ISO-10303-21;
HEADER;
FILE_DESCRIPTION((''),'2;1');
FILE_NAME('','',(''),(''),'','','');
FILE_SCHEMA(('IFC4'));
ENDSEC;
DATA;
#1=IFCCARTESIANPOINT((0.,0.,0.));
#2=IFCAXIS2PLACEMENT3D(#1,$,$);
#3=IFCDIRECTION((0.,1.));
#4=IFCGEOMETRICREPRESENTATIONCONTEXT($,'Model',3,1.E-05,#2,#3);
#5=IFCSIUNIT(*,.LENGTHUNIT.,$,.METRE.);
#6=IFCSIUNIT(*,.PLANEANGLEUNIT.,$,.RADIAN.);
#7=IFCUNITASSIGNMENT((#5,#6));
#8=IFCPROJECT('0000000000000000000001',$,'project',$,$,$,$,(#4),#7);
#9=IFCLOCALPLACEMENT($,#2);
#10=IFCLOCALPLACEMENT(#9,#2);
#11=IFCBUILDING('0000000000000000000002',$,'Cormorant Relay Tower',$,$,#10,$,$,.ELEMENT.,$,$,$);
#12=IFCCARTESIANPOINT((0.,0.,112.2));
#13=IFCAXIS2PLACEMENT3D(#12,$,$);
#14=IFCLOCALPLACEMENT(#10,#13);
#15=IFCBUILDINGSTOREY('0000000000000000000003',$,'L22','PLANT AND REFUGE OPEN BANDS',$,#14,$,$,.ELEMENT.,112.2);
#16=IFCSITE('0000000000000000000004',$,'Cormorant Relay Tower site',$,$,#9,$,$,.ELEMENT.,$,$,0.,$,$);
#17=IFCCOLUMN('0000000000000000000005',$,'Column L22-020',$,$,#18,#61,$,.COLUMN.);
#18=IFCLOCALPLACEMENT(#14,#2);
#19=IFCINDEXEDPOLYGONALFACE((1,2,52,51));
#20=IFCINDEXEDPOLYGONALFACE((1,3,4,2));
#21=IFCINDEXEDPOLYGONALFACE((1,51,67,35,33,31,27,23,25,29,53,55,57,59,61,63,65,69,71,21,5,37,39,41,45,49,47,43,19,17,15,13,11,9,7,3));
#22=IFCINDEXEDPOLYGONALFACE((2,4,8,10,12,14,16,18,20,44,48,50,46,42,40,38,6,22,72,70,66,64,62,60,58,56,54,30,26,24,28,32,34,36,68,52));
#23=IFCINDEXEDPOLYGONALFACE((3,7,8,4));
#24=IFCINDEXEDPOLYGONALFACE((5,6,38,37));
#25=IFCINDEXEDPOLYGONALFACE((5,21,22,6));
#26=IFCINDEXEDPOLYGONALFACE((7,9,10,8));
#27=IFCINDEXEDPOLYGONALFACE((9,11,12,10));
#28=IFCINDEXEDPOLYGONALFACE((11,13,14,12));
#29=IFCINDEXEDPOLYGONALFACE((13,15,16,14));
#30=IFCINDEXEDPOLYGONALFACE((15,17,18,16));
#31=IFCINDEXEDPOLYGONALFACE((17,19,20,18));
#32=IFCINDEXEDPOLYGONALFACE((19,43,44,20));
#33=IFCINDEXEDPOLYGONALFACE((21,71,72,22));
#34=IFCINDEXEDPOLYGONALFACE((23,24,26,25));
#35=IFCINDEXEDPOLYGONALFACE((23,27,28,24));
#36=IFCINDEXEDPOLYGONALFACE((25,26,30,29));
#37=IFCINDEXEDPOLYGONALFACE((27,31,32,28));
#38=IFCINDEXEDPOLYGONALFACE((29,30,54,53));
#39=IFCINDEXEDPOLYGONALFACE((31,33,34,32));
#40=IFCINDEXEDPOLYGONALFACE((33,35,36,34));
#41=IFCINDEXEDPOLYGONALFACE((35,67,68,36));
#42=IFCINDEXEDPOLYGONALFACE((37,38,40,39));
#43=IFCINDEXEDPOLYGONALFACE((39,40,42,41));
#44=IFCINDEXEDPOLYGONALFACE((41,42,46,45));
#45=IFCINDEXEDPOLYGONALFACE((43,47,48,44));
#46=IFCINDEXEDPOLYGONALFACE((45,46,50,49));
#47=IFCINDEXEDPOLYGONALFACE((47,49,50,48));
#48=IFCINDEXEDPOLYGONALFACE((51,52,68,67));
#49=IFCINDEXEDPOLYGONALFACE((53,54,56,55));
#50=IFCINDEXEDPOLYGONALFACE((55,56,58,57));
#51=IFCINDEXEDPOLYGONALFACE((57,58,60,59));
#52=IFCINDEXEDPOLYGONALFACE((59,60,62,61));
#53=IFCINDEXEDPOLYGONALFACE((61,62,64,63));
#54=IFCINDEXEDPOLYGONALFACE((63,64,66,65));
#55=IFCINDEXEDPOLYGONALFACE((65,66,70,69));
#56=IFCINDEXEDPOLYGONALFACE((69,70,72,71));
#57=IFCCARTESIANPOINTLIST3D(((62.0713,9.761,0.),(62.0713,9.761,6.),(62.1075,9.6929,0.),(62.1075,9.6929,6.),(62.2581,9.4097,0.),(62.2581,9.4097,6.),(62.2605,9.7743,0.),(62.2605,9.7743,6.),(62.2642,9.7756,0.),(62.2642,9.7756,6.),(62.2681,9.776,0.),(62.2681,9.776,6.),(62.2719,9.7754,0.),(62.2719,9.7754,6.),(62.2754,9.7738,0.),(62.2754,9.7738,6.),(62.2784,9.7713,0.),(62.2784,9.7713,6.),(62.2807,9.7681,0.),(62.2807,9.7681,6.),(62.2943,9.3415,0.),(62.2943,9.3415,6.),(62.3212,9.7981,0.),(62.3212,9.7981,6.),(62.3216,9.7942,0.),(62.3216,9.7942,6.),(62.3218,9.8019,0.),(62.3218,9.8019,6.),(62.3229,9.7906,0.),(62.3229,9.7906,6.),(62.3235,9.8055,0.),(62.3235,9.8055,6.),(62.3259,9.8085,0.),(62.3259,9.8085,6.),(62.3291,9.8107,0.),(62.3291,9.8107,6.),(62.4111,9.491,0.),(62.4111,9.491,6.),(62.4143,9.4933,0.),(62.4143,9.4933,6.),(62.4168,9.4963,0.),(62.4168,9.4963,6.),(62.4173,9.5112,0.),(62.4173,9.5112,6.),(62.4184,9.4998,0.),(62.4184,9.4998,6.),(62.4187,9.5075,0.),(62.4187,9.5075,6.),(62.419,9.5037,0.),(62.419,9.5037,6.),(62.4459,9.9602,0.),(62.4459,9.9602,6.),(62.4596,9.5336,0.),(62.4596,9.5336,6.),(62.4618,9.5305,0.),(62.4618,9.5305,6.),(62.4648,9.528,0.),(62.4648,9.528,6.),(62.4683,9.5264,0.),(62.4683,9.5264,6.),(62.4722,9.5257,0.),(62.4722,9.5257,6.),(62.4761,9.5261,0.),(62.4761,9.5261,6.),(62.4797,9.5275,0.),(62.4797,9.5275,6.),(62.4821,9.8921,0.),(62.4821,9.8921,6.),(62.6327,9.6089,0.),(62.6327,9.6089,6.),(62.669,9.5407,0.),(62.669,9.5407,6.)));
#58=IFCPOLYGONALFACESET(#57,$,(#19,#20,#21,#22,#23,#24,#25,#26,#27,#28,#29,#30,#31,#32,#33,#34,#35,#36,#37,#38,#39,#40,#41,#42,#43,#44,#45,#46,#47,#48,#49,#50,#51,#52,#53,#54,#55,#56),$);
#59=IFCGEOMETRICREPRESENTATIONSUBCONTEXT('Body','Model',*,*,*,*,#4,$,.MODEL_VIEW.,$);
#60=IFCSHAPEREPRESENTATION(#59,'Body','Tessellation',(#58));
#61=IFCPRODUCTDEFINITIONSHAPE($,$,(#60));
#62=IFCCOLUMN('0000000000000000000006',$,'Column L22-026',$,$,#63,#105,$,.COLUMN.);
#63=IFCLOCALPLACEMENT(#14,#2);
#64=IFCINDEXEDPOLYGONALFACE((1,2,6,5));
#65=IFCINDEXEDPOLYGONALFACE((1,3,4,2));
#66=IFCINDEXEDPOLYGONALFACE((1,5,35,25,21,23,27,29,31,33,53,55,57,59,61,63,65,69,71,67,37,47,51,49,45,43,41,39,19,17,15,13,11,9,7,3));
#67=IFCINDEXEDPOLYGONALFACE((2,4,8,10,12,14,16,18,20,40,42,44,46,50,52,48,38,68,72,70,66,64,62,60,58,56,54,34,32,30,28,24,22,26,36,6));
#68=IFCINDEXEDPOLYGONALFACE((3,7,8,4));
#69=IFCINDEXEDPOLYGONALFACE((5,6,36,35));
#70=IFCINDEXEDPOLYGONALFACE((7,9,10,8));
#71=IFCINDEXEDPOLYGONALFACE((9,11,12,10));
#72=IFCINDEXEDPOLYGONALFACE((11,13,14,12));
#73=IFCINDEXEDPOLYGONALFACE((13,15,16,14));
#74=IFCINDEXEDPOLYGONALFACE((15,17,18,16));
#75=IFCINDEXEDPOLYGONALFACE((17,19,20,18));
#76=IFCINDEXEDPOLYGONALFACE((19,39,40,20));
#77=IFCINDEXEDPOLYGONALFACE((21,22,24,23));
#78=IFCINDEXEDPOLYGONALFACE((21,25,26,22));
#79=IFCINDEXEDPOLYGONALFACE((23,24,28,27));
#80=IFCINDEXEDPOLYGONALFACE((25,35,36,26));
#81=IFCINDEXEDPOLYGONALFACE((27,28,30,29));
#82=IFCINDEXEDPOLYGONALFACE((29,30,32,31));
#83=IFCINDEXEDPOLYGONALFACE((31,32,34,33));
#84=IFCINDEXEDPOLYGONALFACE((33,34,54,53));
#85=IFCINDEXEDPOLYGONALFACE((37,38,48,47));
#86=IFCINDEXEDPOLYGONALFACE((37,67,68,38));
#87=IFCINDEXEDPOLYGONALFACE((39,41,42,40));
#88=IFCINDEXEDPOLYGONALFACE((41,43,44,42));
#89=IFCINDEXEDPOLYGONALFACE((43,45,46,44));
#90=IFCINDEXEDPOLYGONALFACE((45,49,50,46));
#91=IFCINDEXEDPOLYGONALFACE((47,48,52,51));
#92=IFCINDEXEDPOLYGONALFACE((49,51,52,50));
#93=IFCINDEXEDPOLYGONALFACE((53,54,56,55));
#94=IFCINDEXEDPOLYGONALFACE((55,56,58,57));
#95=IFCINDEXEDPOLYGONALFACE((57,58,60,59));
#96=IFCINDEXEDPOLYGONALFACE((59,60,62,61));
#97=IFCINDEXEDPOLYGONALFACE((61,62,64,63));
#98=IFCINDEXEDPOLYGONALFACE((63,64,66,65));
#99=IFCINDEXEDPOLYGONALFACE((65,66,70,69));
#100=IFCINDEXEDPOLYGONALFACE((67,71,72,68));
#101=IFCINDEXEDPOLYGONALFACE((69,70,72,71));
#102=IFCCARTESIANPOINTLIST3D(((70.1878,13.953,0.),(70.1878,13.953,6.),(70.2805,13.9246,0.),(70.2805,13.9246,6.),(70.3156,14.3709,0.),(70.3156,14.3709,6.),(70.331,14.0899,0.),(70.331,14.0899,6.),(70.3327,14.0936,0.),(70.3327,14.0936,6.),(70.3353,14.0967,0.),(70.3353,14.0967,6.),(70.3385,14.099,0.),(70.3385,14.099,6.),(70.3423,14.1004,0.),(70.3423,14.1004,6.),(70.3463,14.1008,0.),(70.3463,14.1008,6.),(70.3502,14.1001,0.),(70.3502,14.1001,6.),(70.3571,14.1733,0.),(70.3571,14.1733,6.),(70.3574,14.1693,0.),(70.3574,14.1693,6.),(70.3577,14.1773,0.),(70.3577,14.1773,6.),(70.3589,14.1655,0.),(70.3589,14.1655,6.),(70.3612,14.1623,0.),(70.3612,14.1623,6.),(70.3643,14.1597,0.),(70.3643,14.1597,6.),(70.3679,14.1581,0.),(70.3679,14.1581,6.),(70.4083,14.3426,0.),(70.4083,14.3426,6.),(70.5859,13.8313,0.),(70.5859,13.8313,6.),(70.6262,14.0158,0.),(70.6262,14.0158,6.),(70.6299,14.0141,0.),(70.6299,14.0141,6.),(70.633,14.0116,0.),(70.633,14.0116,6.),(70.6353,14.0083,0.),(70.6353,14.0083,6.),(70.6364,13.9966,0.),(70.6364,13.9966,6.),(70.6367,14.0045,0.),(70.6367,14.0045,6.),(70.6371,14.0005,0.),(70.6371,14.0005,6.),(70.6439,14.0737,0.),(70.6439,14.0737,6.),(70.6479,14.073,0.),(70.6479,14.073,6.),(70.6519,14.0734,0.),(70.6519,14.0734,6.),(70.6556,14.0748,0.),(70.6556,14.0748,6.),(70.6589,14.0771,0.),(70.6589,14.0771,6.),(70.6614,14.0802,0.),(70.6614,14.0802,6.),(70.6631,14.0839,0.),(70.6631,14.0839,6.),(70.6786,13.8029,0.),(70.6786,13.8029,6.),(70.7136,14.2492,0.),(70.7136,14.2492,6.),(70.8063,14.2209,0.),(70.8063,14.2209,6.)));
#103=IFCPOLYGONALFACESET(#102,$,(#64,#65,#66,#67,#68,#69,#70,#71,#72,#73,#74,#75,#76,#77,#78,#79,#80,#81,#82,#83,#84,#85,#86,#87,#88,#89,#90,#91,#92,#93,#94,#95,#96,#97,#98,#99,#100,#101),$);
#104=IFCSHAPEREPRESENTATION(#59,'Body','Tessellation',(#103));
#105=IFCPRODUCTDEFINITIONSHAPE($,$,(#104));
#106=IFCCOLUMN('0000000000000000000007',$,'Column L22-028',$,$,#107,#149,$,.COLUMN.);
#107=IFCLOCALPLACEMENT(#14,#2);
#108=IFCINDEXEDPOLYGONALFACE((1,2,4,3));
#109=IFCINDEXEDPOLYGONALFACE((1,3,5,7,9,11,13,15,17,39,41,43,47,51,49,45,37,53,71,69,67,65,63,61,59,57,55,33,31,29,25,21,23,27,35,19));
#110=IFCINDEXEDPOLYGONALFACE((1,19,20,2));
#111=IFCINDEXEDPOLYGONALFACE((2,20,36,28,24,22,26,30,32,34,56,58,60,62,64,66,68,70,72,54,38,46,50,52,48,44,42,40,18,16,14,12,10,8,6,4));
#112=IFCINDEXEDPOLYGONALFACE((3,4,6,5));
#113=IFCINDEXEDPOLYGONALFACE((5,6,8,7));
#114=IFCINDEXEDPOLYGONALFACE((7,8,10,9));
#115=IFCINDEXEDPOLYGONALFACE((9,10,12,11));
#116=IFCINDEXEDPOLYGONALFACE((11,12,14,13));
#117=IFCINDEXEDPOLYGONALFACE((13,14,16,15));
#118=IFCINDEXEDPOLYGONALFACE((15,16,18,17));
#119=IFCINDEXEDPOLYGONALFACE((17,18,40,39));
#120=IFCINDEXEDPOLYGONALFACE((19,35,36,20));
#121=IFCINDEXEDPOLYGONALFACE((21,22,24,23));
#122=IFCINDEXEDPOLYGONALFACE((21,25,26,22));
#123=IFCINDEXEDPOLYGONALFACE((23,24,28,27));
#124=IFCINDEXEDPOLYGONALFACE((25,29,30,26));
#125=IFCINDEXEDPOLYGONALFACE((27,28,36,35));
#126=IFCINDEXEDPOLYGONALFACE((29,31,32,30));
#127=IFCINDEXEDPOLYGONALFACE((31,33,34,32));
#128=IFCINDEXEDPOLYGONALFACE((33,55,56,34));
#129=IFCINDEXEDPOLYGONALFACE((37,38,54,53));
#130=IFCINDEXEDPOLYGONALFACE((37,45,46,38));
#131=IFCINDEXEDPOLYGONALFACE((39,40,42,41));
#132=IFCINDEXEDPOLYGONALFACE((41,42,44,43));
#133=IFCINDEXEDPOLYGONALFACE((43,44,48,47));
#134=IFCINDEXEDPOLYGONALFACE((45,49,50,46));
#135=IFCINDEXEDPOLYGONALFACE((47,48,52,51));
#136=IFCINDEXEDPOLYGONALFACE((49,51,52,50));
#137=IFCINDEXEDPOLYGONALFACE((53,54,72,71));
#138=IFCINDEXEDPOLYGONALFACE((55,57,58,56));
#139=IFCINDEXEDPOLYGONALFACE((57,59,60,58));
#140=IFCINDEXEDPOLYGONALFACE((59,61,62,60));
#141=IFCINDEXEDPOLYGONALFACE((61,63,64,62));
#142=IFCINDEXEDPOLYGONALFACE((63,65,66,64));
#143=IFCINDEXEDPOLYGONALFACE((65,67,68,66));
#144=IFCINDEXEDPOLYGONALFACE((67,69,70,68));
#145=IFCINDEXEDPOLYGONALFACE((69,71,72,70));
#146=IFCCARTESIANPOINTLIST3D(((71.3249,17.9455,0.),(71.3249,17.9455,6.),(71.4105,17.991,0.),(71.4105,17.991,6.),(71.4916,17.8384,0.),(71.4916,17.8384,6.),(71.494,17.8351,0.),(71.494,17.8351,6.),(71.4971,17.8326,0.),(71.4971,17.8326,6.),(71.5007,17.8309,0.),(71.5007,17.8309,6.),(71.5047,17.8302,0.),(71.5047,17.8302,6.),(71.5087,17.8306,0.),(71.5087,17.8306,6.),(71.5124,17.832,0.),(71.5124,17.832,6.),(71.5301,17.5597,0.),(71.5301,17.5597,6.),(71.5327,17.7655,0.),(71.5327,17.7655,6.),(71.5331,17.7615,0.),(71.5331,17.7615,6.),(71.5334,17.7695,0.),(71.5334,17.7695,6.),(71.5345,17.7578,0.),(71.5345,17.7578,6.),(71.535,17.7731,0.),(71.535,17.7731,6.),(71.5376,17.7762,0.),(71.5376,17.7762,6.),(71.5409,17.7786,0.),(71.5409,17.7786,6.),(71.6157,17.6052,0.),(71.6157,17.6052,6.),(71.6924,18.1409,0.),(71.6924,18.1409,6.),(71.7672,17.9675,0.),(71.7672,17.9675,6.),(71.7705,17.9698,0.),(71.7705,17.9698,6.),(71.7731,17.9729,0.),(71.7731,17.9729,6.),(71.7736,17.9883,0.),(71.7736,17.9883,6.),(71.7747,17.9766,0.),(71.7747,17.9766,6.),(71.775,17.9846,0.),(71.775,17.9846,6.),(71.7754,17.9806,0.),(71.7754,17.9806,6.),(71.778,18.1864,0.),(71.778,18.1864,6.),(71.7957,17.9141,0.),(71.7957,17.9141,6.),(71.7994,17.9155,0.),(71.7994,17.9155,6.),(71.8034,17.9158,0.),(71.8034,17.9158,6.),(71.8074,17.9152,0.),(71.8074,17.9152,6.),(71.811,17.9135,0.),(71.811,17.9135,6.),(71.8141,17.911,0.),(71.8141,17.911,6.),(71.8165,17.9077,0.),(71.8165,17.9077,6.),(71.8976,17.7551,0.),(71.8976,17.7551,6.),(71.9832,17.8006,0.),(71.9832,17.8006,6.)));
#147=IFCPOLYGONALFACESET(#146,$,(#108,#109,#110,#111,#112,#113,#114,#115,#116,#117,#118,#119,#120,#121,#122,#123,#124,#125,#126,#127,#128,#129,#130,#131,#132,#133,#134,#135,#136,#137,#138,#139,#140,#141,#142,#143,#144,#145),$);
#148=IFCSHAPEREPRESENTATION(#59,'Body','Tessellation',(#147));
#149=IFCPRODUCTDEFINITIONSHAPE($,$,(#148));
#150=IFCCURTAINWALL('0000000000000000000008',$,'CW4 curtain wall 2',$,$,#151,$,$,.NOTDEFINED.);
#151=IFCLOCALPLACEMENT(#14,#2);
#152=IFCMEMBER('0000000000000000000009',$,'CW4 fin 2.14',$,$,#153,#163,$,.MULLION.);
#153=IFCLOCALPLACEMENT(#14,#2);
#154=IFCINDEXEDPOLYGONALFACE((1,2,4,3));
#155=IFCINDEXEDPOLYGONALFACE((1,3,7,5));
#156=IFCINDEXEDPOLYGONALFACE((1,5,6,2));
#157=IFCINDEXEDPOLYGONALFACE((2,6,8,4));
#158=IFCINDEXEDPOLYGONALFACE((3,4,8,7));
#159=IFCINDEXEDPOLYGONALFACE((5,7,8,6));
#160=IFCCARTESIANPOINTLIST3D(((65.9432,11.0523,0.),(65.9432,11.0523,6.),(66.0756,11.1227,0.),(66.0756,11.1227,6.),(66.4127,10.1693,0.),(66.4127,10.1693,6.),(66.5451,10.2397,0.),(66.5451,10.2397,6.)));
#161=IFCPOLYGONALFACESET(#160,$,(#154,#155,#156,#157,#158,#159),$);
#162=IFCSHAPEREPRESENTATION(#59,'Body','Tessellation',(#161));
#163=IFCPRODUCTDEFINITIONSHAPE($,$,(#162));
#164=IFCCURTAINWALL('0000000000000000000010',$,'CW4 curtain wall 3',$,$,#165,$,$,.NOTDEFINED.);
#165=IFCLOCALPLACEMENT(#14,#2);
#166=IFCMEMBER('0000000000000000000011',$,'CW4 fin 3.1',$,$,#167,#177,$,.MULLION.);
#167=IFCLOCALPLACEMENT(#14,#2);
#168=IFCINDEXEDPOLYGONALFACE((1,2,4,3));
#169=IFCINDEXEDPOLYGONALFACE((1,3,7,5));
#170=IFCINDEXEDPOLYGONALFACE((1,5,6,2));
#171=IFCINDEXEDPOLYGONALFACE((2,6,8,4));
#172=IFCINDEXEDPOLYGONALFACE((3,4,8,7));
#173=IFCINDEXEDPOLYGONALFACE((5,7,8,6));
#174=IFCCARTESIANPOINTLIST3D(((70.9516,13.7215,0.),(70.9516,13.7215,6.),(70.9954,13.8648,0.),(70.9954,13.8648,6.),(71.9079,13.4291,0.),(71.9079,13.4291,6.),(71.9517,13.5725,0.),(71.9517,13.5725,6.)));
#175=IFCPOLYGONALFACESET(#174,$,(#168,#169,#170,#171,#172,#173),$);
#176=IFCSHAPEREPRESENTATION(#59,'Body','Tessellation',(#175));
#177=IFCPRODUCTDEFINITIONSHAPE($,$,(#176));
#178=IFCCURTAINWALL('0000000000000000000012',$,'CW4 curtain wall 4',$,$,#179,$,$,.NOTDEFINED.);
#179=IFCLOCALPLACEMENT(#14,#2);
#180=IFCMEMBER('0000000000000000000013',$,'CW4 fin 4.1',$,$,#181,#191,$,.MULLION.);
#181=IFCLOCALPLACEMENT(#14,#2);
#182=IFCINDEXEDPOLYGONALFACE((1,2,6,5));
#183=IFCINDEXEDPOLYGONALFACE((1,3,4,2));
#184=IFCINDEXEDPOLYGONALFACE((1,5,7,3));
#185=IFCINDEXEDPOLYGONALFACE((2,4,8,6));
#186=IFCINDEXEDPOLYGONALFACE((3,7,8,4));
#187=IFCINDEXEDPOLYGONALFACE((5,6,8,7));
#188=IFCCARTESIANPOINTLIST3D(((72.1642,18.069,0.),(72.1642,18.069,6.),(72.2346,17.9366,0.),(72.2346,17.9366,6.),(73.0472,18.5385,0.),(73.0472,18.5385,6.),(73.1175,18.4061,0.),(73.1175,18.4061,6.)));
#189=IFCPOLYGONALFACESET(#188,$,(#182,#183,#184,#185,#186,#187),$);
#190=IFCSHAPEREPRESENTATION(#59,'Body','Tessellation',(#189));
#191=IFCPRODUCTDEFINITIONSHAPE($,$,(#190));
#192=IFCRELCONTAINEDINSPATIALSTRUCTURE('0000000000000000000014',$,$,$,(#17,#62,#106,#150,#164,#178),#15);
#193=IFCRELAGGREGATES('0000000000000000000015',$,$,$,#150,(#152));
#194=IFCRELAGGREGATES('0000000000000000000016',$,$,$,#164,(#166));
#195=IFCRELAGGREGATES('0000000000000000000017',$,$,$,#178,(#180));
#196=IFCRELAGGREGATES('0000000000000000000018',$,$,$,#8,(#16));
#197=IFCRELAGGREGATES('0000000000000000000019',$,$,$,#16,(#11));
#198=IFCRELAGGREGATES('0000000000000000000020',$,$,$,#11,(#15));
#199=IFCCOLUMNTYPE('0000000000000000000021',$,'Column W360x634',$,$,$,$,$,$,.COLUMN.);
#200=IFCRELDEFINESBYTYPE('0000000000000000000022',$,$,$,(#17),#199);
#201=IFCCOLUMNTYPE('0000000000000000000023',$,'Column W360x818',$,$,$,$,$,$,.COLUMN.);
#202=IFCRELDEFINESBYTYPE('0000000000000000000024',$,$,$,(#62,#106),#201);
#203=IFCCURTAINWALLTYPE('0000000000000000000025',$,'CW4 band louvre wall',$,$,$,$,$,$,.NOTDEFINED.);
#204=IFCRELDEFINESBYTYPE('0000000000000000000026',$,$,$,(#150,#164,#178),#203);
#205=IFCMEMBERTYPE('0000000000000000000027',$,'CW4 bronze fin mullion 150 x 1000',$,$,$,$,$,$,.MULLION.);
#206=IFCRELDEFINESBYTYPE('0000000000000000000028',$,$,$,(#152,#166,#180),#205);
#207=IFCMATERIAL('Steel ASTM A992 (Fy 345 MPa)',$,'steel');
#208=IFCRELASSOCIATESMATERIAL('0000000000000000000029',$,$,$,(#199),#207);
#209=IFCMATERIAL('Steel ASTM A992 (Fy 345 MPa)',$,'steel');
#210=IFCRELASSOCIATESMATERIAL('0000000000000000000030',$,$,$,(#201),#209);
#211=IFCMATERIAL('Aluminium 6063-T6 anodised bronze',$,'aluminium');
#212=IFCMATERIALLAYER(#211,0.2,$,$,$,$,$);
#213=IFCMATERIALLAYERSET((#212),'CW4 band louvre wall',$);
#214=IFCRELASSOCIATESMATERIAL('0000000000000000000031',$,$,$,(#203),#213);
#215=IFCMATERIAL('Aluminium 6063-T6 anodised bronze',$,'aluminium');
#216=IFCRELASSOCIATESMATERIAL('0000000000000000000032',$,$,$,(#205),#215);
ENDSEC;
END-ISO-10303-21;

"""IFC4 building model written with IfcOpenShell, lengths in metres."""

from ifc_helpers import new_model, si_unit, direction, frame, origin, origin_2d, place, context, subcontext, project, spatial, rectangle, i_section, extrude, material, layer, layer_set, material_profile, profile_set, type_object, element, aggregate, save


model = new_model("IFC4")

# Units and contexts
model_context = context("Model", 3, precision=1e-05, world=origin(), true_north=direction((0.0, 1.0)))
body_context = subcontext(model_context, "Body", "Model", "MODEL_VIEW")
ifc_project = project(units=[si_unit("LENGTHUNIT", "METRE"), si_unit("PLANEANGLEUNIT", "RADIAN")], contexts=[model_context])

# Site, building, storey
site_placement = place(None, origin())
site = spatial("IfcSite", under=ifc_project, at=site_placement, Name="Cormorant Relay Tower site", CompositionType="ELEMENT", RefElevation=0.0)
building_placement = place(site_placement, origin())
building = spatial("IfcBuilding", under=site, at=building_placement, Name="Cormorant Relay Tower", CompositionType="ELEMENT")
storey_placement = place(building_placement, frame((0.0, 0.0, 112.2)))
storey = spatial("IfcBuildingStorey", under=building, at=storey_placement, Name="L22", Description="PLANT AND REFUGE OPEN BANDS", CompositionType="ELEMENT", Elevation=112.2)

# Columns
ifc_material_1 = material(Name="Steel ASTM A992 (Fy 345 MPa)", Category="steel")
ifc_material_profile_1 = material_profile(ifc_material_1, i_section(OverallWidth=0.4243, OverallDepth=0.4751, WebThickness=0.0479, FlangeThickness=0.0771, FilletRadius=0.0149, at=origin_2d()), Name="W360x634")
ifc_profile_set_1 = profile_set([ifc_material_profile_1], Name="Steel ASTM A992 (Fy 345 MPa)")
column_type_1 = type_object("IfcColumnType", Name="Column W360x634", PredefinedType="COLUMN", material=ifc_profile_set_1)
column_placement = place(storey_placement, frame((62.3701, 9.6509, 0.0), z_axis=(0.0, 0.0, 1.0), x_axis=(0.882948, 0.469472, 0.0)))
element("IfcColumn", 1, at=column_placement, inside=storey, type_object=column_type_1, Name="Column L22-020", PredefinedType="COLUMN", context=body_context, shape_type="SweptSolid", body=[
    extrude(i_section(OverallWidth=0.4243, OverallDepth=0.4751, WebThickness=0.0479, FlangeThickness=0.0771, FilletRadius=0.0149, at=origin_2d()), origin(), (0.0, 0.0, 1.0), 6.0),
])
ifc_material_2 = material(Name="Steel ASTM A992 (Fy 345 MPa)", Category="steel")
ifc_material_profile_2 = material_profile(ifc_material_2, i_section(OverallWidth=0.437, OverallDepth=0.5132, WebThickness=0.0605, FlangeThickness=0.0969, FilletRadius=0.0154, at=origin_2d()), Name="W360x818")
ifc_profile_set_2 = profile_set([ifc_material_profile_2], Name="Steel ASTM A992 (Fy 345 MPa)")
column_type_2 = type_object("IfcColumnType", Name="Column W360x818", PredefinedType="COLUMN", material=ifc_profile_set_2)
for number, where, z_axis, x_axis, name in (
    (2, (70.4971, 14.0869, 0.0), (0.0, 0.0, 1.0), (0.292372, 0.956305, 0.0), "Column L22-026"),
    (3, (71.6541, 17.873, 0.0), (0.0, 0.0, 1.0), (-0.469472, 0.882948, 0.0), "Column L22-028"),
):
    element("IfcColumn", number, at=place(storey_placement, frame(where, z_axis=z_axis, x_axis=x_axis)), inside=storey, type_object=column_type_2, Name=name, PredefinedType="COLUMN", context=body_context, shape_type="SweptSolid", body=[
        extrude(i_section(OverallWidth=0.437, OverallDepth=0.5132, WebThickness=0.0605, FlangeThickness=0.0969, FilletRadius=0.0154, at=origin_2d()), origin(), (0.0, 0.0, 1.0), 6.0),
    ])

# Curtain walls, members
ifc_material_3 = material(Name="Aluminium 6063-T6 anodised bronze", Category="aluminium")
ifc_layer = layer(ifc_material_3, 0.2)
ifc_layer_set = layer_set([ifc_layer], Name="CW4 band louvre wall")
curtain_wall_type = type_object("IfcCurtainWallType", Name="CW4 band louvre wall", PredefinedType="NOTDEFINED", material=ifc_layer_set)
curtain_wall_1_placement = place(storey_placement, origin())
curtain_wall_1 = element("IfcCurtainWall", 4, at=curtain_wall_1_placement, inside=storey, type_object=curtain_wall_type, Name="CW4 curtain wall 2", PredefinedType="NOTDEFINED")
ifc_material_4 = material(Name="Aluminium 6063-T6 anodised bronze", Category="aluminium")
ifc_material_profile_3 = material_profile(ifc_material_4, rectangle(XDim=0.1499, YDim=1.0, at=origin_2d()), Name="AL 150x1000")
ifc_profile_set_3 = profile_set([ifc_material_profile_3], Name="Aluminium 6063-T6 anodised bronze")
member_type_1 = type_object("IfcMemberType", Name="CW4 bronze fin mullion 150 x 1000", PredefinedType="MULLION", material=ifc_profile_set_3)
member_1_placement = place(storey_placement, frame((66.2441, 10.646, 0.0), z_axis=(0.0, 0.0, 1.0), x_axis=(0.882948, 0.469472, 0.0)))
member_1 = element("IfcMember", 5, at=member_1_placement, type_object=member_type_1, Name="CW4 fin 2.14", PredefinedType="MULLION", context=body_context, shape_type="SweptSolid", body=[
    extrude(rectangle(XDim=0.1499, YDim=1.0, at=origin_2d()), origin(), (0.0, 0.0, 1.0), 6.0),
])
curtain_wall_2_placement = place(storey_placement, origin())
curtain_wall_2 = element("IfcCurtainWall", 6, at=curtain_wall_2_placement, inside=storey, type_object=curtain_wall_type, Name="CW4 curtain wall 3", PredefinedType="NOTDEFINED")
member_2_placement = place(storey_placement, frame((71.4517, 13.647, 0.0), z_axis=(0.0, 0.0, 1.0), x_axis=(0.292372, 0.956305, 0.0)))
member_2 = element("IfcMember", 7, at=member_2_placement, type_object=member_type_1, Name="CW4 fin 3.1", PredefinedType="MULLION", context=body_context, shape_type="SweptSolid", body=[
    extrude(rectangle(XDim=0.1499, YDim=1.0, at=origin_2d()), origin(), (0.0, 0.0, 1.0), 6.0),
])
curtain_wall_3_placement = place(storey_placement, origin())
curtain_wall_3 = element("IfcCurtainWall", 8, at=curtain_wall_3_placement, inside=storey, type_object=curtain_wall_type, Name="CW4 curtain wall 4", PredefinedType="NOTDEFINED")
member_3_placement = place(storey_placement, frame((72.6409, 18.2375, 0.0), z_axis=(0.0, 0.0, 1.0), x_axis=(-0.469472, 0.882948, 0.0)))
member_3 = element("IfcMember", 9, at=member_3_placement, type_object=member_type_1, Name="CW4 fin 4.1", PredefinedType="MULLION", context=body_context, shape_type="SweptSolid", body=[
    extrude(rectangle(XDim=0.1499, YDim=1.0, at=origin_2d()), origin(), (0.0, 0.0, 1.0), 6.0),
])

aggregate(curtain_wall_1, [member_1])
aggregate(curtain_wall_2, [member_2])
aggregate(curtain_wall_3, [member_3])

save(model, "model.ifc")
